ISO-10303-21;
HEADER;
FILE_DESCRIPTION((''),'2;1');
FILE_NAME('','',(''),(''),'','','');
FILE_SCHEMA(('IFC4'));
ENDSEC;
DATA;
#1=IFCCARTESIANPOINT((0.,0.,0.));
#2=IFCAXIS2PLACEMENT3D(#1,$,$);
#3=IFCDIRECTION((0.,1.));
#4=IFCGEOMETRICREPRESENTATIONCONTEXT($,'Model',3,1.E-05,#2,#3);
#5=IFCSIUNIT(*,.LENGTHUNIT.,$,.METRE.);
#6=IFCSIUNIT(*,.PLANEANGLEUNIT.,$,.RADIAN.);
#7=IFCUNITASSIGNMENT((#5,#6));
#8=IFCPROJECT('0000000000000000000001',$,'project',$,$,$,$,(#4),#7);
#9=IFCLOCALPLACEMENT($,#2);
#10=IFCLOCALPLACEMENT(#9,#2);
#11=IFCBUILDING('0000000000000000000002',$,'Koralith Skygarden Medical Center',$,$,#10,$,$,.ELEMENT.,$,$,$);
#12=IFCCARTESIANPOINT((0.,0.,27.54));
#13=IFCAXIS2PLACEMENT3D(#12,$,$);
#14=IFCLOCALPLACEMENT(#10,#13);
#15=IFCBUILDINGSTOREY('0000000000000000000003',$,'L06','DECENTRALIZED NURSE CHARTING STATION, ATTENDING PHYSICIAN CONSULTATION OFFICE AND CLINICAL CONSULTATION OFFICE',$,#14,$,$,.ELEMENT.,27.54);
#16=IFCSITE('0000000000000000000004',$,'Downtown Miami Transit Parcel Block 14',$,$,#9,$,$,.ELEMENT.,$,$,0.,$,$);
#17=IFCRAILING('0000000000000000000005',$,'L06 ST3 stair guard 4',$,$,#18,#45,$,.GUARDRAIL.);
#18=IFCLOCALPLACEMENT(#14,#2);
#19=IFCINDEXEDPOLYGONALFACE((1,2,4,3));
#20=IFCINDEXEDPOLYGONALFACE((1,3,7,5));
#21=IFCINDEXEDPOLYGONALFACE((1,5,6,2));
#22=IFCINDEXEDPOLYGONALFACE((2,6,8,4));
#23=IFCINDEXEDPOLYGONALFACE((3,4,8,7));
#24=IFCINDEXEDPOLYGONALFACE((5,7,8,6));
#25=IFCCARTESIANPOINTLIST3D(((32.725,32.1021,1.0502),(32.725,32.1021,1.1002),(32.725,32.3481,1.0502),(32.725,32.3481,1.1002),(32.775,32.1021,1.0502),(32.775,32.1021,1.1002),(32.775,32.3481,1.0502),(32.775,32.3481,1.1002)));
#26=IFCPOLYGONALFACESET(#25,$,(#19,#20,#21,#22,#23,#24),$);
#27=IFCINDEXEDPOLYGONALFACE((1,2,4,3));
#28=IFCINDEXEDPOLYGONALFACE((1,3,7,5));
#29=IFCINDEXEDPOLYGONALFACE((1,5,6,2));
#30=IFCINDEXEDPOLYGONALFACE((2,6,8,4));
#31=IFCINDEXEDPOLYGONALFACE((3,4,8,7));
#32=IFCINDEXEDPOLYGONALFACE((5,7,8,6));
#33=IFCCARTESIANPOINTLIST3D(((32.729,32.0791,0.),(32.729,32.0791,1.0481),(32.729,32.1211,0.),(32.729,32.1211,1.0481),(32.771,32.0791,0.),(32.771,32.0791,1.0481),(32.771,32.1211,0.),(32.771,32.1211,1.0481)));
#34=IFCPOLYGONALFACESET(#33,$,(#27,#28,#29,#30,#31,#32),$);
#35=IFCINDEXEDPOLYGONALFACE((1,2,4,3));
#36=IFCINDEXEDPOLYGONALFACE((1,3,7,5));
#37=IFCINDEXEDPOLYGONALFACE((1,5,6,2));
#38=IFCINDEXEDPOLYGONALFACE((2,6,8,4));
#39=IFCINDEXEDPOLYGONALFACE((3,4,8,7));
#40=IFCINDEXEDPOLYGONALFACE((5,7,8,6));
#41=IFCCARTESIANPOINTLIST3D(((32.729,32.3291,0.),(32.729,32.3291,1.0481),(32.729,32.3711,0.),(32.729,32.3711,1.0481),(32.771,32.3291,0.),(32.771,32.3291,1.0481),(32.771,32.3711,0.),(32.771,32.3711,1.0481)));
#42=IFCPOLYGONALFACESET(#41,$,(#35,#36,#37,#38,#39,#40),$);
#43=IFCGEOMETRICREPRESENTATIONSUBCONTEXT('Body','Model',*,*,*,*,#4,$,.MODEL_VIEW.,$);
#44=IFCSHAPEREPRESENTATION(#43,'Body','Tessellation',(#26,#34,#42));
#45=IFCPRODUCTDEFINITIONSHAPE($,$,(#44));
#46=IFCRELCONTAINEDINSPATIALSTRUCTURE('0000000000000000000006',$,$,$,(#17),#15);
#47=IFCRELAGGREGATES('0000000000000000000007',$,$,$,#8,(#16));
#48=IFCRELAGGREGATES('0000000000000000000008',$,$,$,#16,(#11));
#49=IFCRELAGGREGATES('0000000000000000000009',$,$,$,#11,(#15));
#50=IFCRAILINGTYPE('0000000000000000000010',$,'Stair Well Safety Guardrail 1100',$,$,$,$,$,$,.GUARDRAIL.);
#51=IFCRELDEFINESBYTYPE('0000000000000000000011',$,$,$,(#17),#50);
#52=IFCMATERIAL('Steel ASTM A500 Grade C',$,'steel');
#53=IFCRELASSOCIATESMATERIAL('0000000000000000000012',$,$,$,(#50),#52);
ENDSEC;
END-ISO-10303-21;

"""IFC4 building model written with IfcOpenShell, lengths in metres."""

from ifc_helpers import new_model, si_unit, direction, frame, origin, origin_2d, place, context, subcontext, project, spatial, rectangle, extrude, material, type_object, element, save


model = new_model("IFC4")

# Units and contexts
model_context = context("Model", 3, precision=1e-05, world=origin(), true_north=direction((0.0, 1.0)))
body_context = subcontext(model_context, "Body", "Model", "MODEL_VIEW")
ifc_project = project(units=[si_unit("LENGTHUNIT", "METRE"), si_unit("PLANEANGLEUNIT", "RADIAN")], contexts=[model_context])

# Site, building, storey
site_placement = place(None, origin())
site = spatial("IfcSite", under=ifc_project, at=site_placement, Name="Downtown Miami Transit Parcel Block 14", CompositionType="ELEMENT", RefElevation=0.0)
building_placement = place(site_placement, origin())
building = spatial("IfcBuilding", under=site, at=building_placement, Name="Koralith Skygarden Medical Center", CompositionType="ELEMENT")
storey_placement = place(building_placement, frame((0.0, 0.0, 27.54)))
storey = spatial("IfcBuildingStorey", under=building, at=storey_placement, Name="L06", Description="DECENTRALIZED NURSE CHARTING STATION, ATTENDING PHYSICIAN CONSULTATION OFFICE AND CLINICAL CONSULTATION OFFICE", CompositionType="ELEMENT", Elevation=27.54)

# Railing
ifc_material_1 = material(Name="Steel ASTM A500 Grade C", Category="steel")
railing_type_1 = type_object("IfcRailingType", Name="Stair Well Safety Guardrail 1100", PredefinedType="GUARDRAIL", material=ifc_material_1)
railing_1_placement = place(storey_placement, frame((32.75, 32.1001, 0.0)))
element("IfcRailing", 1, at=railing_1_placement, inside=storey, type_object=railing_type_1, Name="L06 ST3 stair guard 4", PredefinedType="GUARDRAIL", context=body_context, shape_type="SweptSolid", body=[
    extrude(rectangle(XDim=0.05, YDim=0.05, at=origin_2d()), frame((0.0, 0.002, 1.0752), z_axis=(0.0, 1.0, 0.0), x_axis=(-1.0, 0.0, 0.0)), (0.0, 0.0, 1.0), 0.2461),
    extrude(rectangle(XDim=0.042, YDim=0.042, at=origin_2d()), origin(), (0.0, 0.0, 1.0), 1.0481),
    extrude(rectangle(XDim=0.042, YDim=0.042, at=origin_2d()), frame((0.0, 0.25, 0.0)), (0.0, 0.0, 1.0), 1.0481),
])

save(model, "model.ifc")
